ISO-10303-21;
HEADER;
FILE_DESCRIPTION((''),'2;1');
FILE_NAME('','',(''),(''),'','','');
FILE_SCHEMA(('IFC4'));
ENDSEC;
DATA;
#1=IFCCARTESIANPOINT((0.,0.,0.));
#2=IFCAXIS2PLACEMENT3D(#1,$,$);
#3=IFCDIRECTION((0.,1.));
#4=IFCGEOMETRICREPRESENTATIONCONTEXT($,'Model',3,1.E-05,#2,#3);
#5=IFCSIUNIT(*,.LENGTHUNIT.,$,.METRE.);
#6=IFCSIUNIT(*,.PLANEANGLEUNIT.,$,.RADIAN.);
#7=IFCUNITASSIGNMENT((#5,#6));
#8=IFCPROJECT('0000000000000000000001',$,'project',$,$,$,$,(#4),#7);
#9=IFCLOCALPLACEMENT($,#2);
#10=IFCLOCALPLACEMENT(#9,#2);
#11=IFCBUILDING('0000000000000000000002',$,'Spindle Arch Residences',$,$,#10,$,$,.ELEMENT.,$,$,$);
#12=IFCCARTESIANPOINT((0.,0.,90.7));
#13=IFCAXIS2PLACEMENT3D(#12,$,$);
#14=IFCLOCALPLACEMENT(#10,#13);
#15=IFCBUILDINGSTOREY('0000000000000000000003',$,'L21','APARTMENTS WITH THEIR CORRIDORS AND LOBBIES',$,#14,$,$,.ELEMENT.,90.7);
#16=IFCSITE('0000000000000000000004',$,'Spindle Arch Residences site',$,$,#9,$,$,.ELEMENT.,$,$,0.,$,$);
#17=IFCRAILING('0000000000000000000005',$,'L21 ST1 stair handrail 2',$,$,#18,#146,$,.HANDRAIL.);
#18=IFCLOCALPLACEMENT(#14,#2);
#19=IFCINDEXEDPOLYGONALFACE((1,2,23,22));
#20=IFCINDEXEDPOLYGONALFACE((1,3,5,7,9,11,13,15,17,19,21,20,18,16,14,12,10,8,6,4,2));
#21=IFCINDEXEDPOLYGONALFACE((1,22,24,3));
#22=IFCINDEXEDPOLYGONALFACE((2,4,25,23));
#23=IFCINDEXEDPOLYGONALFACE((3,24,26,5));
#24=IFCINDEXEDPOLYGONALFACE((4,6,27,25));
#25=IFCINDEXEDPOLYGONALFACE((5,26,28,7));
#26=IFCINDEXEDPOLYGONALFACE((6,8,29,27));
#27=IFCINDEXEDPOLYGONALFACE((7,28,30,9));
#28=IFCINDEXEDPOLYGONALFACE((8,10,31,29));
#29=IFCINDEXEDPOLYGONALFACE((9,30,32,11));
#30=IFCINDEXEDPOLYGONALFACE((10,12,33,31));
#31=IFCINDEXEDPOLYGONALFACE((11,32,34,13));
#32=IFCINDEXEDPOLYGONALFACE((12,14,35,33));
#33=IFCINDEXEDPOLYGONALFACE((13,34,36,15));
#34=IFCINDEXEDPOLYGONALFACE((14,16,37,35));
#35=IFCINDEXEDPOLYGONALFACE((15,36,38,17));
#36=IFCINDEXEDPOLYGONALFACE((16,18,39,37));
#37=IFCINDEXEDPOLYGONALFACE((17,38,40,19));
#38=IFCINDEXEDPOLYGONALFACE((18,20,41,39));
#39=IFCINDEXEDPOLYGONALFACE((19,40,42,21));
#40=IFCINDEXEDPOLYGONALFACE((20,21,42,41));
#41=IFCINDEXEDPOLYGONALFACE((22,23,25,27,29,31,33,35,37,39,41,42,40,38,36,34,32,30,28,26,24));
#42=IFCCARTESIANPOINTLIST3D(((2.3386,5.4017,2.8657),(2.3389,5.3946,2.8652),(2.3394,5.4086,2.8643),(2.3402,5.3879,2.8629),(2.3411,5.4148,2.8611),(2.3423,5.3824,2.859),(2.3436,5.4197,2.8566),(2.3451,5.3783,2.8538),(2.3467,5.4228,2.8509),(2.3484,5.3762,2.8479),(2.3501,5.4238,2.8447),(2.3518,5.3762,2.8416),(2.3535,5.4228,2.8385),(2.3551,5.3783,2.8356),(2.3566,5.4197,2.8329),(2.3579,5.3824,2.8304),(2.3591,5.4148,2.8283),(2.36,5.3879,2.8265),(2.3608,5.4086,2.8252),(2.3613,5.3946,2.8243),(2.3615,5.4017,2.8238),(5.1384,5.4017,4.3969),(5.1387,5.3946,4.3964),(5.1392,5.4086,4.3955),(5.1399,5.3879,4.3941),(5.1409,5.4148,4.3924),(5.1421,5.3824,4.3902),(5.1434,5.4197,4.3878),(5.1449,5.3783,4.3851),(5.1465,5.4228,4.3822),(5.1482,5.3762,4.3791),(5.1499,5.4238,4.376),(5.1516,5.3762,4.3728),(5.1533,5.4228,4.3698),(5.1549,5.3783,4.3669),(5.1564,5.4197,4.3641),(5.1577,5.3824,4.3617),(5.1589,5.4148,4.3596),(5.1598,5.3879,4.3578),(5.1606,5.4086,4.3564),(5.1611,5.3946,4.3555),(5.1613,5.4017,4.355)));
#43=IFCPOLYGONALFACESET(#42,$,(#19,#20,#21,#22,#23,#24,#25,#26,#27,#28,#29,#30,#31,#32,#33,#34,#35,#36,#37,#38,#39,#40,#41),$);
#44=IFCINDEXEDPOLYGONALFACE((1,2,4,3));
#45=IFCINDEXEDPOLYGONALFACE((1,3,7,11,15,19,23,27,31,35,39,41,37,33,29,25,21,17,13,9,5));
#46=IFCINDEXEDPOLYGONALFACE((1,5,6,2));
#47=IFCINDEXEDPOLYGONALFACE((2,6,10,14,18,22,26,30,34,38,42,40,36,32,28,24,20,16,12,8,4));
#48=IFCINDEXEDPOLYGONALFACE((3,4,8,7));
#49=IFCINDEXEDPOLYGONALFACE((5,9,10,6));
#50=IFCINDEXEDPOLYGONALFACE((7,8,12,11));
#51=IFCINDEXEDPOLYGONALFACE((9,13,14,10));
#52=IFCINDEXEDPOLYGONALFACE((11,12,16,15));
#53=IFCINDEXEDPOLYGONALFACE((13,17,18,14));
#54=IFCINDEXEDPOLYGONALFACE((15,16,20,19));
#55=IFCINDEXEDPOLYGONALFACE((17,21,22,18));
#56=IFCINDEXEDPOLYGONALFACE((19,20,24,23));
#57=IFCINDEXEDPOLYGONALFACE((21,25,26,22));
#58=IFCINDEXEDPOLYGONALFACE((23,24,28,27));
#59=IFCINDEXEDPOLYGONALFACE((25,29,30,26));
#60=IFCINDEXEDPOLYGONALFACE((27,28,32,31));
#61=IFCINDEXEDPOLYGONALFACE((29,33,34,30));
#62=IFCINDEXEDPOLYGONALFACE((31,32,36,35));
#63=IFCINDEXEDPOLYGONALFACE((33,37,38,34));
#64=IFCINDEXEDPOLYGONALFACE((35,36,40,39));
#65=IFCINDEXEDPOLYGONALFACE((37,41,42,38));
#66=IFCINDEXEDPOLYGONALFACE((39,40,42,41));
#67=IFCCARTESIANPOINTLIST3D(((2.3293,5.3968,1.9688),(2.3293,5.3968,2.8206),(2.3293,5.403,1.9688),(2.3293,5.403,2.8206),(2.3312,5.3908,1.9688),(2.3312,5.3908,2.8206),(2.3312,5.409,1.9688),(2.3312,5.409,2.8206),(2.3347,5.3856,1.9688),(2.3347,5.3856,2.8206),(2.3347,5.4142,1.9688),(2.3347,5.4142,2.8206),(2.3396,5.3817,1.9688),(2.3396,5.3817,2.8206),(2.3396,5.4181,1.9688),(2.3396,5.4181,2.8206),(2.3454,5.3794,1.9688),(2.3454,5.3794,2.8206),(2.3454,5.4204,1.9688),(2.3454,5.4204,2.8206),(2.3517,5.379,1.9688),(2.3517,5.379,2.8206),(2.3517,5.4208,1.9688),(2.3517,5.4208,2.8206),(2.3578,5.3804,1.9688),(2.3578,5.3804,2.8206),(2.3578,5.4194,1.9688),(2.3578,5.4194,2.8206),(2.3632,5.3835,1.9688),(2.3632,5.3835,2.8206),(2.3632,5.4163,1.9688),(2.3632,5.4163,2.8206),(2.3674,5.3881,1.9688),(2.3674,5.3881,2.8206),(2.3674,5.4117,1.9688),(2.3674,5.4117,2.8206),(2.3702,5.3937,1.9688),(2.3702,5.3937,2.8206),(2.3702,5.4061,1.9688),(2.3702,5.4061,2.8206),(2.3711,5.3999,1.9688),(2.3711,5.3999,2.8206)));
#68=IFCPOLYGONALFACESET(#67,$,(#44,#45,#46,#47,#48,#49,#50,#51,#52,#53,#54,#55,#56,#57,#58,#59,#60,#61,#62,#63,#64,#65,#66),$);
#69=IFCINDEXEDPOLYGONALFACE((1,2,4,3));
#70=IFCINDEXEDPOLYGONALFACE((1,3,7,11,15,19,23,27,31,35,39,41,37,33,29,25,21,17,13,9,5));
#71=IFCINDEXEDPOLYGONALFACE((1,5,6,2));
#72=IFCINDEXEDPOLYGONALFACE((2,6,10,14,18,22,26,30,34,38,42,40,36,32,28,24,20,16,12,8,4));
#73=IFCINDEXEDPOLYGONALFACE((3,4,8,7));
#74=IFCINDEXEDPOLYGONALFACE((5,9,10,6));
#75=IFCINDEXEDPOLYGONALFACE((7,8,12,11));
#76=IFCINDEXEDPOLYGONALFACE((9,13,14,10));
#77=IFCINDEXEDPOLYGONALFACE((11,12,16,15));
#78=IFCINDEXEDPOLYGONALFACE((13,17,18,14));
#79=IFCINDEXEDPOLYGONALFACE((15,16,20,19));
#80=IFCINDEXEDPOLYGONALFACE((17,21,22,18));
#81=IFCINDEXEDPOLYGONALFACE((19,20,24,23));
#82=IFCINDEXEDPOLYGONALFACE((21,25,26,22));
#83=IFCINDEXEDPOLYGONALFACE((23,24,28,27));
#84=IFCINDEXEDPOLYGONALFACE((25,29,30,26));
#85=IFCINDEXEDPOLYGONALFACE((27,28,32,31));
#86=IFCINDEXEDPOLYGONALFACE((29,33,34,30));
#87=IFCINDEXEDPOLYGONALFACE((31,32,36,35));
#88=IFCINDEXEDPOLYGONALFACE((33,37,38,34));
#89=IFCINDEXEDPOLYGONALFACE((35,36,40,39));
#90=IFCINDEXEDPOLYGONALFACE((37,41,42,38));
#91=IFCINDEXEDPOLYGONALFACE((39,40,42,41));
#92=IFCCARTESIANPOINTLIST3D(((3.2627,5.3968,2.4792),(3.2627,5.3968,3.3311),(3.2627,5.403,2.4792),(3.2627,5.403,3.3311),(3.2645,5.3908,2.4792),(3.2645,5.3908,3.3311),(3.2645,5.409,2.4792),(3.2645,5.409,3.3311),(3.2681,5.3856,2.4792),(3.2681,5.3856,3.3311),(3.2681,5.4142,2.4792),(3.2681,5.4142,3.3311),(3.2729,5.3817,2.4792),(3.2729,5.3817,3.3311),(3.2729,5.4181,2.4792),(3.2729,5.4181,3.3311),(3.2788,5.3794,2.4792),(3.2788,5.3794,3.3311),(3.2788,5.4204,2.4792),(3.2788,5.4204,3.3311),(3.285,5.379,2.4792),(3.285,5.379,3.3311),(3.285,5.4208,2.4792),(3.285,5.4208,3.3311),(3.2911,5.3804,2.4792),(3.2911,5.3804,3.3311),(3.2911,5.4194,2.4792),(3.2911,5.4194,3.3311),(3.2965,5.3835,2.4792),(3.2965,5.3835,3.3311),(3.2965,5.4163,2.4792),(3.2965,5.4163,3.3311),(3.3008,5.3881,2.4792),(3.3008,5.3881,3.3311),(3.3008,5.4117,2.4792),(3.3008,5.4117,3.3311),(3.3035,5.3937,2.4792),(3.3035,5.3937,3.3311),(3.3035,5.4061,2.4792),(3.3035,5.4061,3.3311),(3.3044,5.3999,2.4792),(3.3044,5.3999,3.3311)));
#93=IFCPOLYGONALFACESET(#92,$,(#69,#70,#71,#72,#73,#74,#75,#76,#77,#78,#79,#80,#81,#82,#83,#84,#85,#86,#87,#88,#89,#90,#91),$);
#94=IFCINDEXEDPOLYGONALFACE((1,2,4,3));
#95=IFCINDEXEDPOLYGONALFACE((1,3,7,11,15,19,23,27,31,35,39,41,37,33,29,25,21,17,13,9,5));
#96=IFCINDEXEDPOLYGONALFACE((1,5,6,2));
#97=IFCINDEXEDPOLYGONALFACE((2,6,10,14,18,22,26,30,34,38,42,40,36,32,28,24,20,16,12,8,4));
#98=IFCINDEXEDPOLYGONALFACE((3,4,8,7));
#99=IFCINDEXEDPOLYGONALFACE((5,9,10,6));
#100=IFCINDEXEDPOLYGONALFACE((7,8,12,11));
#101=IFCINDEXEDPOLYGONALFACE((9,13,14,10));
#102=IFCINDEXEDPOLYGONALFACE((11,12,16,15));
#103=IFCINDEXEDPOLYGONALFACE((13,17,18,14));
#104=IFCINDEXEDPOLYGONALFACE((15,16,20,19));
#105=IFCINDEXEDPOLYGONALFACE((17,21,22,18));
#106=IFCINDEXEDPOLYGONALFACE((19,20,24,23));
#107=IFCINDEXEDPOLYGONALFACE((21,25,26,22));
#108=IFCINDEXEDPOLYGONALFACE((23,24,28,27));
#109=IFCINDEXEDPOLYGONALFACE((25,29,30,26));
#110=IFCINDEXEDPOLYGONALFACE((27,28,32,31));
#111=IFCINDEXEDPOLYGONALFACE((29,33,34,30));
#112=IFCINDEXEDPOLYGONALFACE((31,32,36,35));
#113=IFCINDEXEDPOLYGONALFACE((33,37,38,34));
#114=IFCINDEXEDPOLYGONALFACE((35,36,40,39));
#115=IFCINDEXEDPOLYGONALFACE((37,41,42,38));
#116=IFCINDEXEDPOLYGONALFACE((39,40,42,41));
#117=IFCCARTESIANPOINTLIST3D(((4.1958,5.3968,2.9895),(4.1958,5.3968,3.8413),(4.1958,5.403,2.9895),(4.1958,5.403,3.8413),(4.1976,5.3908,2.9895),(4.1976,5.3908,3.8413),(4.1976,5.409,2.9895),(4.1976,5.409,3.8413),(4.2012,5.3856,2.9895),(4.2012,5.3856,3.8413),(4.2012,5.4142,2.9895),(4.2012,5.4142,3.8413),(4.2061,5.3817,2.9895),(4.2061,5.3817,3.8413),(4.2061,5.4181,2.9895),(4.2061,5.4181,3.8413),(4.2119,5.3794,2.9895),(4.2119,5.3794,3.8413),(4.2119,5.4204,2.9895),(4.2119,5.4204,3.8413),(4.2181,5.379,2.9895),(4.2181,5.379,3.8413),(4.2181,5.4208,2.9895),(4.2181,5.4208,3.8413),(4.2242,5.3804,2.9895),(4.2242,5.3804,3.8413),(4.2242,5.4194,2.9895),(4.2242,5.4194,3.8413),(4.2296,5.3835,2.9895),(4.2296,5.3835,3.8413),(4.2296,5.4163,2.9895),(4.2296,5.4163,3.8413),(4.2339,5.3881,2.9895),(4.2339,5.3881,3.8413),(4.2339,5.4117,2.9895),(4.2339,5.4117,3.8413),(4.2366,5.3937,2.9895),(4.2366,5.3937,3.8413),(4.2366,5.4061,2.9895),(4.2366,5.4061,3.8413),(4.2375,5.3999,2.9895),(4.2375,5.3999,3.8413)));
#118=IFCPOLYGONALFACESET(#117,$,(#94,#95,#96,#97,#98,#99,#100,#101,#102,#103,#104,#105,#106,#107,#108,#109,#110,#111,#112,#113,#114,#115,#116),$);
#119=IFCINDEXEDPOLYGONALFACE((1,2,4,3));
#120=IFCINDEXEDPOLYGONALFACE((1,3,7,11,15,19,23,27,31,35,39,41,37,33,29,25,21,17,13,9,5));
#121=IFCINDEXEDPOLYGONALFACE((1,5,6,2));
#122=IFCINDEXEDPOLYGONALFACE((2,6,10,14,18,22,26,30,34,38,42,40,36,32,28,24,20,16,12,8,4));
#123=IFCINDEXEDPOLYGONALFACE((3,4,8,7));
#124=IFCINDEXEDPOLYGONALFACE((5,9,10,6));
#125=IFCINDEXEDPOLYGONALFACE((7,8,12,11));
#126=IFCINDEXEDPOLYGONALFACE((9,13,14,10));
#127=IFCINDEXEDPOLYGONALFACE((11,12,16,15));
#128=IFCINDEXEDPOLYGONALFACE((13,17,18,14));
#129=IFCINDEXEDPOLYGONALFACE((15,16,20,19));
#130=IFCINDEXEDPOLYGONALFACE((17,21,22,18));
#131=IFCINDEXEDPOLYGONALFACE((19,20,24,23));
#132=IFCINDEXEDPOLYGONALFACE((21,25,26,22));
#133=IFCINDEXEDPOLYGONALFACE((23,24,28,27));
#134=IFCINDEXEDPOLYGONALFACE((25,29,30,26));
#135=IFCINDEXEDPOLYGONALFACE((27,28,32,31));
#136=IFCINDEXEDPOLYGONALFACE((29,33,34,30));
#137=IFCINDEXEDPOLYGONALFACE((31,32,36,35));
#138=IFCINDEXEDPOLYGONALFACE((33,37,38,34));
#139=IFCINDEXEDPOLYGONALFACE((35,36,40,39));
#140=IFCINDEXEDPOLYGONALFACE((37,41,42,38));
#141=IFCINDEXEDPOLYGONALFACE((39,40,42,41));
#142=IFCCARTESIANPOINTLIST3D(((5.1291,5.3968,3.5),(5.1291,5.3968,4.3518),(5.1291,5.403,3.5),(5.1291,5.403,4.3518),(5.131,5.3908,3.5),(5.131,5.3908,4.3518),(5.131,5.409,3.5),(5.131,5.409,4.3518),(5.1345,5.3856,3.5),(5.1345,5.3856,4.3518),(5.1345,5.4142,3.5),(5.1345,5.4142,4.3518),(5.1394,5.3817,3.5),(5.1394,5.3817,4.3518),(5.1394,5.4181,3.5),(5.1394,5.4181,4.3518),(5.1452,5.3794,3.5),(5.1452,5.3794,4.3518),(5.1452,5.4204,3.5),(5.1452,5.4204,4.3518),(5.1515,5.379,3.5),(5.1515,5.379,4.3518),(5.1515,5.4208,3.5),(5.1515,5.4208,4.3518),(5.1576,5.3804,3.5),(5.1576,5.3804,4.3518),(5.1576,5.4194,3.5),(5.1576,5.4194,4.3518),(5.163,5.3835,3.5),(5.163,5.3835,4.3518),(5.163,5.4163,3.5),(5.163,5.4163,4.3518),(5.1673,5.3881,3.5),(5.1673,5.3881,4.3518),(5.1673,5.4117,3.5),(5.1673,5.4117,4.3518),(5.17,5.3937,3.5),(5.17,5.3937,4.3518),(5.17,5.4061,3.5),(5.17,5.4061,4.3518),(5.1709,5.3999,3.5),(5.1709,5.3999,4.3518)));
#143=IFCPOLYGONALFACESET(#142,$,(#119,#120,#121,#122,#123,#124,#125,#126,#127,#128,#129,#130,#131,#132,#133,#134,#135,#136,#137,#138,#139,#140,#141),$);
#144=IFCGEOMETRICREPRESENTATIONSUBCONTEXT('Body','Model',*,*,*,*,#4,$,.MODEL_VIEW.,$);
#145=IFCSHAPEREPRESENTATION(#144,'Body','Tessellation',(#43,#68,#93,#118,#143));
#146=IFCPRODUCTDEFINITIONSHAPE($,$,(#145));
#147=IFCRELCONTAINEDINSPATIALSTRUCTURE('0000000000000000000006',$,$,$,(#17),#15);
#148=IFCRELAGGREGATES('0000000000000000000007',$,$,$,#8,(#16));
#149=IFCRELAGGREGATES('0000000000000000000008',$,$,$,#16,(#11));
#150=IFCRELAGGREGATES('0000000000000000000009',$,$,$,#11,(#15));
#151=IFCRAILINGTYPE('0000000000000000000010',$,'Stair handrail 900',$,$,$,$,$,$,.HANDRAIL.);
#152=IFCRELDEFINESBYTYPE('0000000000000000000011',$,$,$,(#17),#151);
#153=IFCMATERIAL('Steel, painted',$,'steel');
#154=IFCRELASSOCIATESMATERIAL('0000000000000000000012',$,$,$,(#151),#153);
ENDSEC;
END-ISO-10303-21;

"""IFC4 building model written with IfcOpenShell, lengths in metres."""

from ifc_helpers import new_model, si_unit, direction, frame, origin, origin_2d, place, context, subcontext, project, spatial, circle, extrude, material, type_object, element, save


model = new_model("IFC4")

# Units and contexts
model_context = context("Model", 3, precision=1e-05, world=origin(), true_north=direction((0.0, 1.0)))
body_context = subcontext(model_context, "Body", "Model", "MODEL_VIEW")
ifc_project = project(units=[si_unit("LENGTHUNIT", "METRE"), si_unit("PLANEANGLEUNIT", "RADIAN")], contexts=[model_context])

# Site, building, storey
site_placement = place(None, origin())
site = spatial("IfcSite", under=ifc_project, at=site_placement, Name="Spindle Arch Residences site", CompositionType="ELEMENT", RefElevation=0.0)
building_placement = place(site_placement, origin())
building = spatial("IfcBuilding", under=site, at=building_placement, Name="Spindle Arch Residences", CompositionType="ELEMENT")
storey_placement = place(building_placement, frame((0.0, 0.0, 90.7)))
storey = spatial("IfcBuildingStorey", under=building, at=storey_placement, Name="L21", Description="APARTMENTS WITH THEIR CORRIDORS AND LOBBIES", CompositionType="ELEMENT", Elevation=90.7)

# Railing
ifc_material_1 = material(Name="Steel, painted", Category="steel")
railing_type_1 = type_object("IfcRailingType", Name="Stair handrail 900", PredefinedType="HANDRAIL", material=ifc_material_1)
railing_1_placement = place(storey_placement, frame((2.3501, 5.3999, 1.9688)))
element("IfcRailing", 1, at=railing_1_placement, inside=storey, type_object=railing_type_1, Name="L21 ST1 stair handrail 2", PredefinedType="HANDRAIL", context=body_context, shape_type="SweptSolid", body=[
    extrude(circle(Radius=0.0239, at=origin_2d()), frame((0.0, 0.0, 0.876), z_axis=(0.877357, 0.0, 0.479838), x_axis=(0.0, 1.0, 0.0)), (0.0, 0.0, 1.0), 3.1912),
    extrude(circle(Radius=0.021, at=origin_2d()), origin(), (0.0, 0.0, 1.0), 0.8518),
    extrude(circle(Radius=0.021, at=origin_2d()), frame((0.9333, 0.0, 0.5105)), (0.0, 0.0, 1.0), 0.8518),
    extrude(circle(Radius=0.021, at=origin_2d()), frame((1.8665, 0.0, 1.0208)), (0.0, 0.0, 1.0), 0.8518),
    extrude(circle(Radius=0.021, at=origin_2d()), frame((2.7998, 0.0, 1.5312)), (0.0, 0.0, 1.0), 0.8518),
])

save(model, "model.ifc")
